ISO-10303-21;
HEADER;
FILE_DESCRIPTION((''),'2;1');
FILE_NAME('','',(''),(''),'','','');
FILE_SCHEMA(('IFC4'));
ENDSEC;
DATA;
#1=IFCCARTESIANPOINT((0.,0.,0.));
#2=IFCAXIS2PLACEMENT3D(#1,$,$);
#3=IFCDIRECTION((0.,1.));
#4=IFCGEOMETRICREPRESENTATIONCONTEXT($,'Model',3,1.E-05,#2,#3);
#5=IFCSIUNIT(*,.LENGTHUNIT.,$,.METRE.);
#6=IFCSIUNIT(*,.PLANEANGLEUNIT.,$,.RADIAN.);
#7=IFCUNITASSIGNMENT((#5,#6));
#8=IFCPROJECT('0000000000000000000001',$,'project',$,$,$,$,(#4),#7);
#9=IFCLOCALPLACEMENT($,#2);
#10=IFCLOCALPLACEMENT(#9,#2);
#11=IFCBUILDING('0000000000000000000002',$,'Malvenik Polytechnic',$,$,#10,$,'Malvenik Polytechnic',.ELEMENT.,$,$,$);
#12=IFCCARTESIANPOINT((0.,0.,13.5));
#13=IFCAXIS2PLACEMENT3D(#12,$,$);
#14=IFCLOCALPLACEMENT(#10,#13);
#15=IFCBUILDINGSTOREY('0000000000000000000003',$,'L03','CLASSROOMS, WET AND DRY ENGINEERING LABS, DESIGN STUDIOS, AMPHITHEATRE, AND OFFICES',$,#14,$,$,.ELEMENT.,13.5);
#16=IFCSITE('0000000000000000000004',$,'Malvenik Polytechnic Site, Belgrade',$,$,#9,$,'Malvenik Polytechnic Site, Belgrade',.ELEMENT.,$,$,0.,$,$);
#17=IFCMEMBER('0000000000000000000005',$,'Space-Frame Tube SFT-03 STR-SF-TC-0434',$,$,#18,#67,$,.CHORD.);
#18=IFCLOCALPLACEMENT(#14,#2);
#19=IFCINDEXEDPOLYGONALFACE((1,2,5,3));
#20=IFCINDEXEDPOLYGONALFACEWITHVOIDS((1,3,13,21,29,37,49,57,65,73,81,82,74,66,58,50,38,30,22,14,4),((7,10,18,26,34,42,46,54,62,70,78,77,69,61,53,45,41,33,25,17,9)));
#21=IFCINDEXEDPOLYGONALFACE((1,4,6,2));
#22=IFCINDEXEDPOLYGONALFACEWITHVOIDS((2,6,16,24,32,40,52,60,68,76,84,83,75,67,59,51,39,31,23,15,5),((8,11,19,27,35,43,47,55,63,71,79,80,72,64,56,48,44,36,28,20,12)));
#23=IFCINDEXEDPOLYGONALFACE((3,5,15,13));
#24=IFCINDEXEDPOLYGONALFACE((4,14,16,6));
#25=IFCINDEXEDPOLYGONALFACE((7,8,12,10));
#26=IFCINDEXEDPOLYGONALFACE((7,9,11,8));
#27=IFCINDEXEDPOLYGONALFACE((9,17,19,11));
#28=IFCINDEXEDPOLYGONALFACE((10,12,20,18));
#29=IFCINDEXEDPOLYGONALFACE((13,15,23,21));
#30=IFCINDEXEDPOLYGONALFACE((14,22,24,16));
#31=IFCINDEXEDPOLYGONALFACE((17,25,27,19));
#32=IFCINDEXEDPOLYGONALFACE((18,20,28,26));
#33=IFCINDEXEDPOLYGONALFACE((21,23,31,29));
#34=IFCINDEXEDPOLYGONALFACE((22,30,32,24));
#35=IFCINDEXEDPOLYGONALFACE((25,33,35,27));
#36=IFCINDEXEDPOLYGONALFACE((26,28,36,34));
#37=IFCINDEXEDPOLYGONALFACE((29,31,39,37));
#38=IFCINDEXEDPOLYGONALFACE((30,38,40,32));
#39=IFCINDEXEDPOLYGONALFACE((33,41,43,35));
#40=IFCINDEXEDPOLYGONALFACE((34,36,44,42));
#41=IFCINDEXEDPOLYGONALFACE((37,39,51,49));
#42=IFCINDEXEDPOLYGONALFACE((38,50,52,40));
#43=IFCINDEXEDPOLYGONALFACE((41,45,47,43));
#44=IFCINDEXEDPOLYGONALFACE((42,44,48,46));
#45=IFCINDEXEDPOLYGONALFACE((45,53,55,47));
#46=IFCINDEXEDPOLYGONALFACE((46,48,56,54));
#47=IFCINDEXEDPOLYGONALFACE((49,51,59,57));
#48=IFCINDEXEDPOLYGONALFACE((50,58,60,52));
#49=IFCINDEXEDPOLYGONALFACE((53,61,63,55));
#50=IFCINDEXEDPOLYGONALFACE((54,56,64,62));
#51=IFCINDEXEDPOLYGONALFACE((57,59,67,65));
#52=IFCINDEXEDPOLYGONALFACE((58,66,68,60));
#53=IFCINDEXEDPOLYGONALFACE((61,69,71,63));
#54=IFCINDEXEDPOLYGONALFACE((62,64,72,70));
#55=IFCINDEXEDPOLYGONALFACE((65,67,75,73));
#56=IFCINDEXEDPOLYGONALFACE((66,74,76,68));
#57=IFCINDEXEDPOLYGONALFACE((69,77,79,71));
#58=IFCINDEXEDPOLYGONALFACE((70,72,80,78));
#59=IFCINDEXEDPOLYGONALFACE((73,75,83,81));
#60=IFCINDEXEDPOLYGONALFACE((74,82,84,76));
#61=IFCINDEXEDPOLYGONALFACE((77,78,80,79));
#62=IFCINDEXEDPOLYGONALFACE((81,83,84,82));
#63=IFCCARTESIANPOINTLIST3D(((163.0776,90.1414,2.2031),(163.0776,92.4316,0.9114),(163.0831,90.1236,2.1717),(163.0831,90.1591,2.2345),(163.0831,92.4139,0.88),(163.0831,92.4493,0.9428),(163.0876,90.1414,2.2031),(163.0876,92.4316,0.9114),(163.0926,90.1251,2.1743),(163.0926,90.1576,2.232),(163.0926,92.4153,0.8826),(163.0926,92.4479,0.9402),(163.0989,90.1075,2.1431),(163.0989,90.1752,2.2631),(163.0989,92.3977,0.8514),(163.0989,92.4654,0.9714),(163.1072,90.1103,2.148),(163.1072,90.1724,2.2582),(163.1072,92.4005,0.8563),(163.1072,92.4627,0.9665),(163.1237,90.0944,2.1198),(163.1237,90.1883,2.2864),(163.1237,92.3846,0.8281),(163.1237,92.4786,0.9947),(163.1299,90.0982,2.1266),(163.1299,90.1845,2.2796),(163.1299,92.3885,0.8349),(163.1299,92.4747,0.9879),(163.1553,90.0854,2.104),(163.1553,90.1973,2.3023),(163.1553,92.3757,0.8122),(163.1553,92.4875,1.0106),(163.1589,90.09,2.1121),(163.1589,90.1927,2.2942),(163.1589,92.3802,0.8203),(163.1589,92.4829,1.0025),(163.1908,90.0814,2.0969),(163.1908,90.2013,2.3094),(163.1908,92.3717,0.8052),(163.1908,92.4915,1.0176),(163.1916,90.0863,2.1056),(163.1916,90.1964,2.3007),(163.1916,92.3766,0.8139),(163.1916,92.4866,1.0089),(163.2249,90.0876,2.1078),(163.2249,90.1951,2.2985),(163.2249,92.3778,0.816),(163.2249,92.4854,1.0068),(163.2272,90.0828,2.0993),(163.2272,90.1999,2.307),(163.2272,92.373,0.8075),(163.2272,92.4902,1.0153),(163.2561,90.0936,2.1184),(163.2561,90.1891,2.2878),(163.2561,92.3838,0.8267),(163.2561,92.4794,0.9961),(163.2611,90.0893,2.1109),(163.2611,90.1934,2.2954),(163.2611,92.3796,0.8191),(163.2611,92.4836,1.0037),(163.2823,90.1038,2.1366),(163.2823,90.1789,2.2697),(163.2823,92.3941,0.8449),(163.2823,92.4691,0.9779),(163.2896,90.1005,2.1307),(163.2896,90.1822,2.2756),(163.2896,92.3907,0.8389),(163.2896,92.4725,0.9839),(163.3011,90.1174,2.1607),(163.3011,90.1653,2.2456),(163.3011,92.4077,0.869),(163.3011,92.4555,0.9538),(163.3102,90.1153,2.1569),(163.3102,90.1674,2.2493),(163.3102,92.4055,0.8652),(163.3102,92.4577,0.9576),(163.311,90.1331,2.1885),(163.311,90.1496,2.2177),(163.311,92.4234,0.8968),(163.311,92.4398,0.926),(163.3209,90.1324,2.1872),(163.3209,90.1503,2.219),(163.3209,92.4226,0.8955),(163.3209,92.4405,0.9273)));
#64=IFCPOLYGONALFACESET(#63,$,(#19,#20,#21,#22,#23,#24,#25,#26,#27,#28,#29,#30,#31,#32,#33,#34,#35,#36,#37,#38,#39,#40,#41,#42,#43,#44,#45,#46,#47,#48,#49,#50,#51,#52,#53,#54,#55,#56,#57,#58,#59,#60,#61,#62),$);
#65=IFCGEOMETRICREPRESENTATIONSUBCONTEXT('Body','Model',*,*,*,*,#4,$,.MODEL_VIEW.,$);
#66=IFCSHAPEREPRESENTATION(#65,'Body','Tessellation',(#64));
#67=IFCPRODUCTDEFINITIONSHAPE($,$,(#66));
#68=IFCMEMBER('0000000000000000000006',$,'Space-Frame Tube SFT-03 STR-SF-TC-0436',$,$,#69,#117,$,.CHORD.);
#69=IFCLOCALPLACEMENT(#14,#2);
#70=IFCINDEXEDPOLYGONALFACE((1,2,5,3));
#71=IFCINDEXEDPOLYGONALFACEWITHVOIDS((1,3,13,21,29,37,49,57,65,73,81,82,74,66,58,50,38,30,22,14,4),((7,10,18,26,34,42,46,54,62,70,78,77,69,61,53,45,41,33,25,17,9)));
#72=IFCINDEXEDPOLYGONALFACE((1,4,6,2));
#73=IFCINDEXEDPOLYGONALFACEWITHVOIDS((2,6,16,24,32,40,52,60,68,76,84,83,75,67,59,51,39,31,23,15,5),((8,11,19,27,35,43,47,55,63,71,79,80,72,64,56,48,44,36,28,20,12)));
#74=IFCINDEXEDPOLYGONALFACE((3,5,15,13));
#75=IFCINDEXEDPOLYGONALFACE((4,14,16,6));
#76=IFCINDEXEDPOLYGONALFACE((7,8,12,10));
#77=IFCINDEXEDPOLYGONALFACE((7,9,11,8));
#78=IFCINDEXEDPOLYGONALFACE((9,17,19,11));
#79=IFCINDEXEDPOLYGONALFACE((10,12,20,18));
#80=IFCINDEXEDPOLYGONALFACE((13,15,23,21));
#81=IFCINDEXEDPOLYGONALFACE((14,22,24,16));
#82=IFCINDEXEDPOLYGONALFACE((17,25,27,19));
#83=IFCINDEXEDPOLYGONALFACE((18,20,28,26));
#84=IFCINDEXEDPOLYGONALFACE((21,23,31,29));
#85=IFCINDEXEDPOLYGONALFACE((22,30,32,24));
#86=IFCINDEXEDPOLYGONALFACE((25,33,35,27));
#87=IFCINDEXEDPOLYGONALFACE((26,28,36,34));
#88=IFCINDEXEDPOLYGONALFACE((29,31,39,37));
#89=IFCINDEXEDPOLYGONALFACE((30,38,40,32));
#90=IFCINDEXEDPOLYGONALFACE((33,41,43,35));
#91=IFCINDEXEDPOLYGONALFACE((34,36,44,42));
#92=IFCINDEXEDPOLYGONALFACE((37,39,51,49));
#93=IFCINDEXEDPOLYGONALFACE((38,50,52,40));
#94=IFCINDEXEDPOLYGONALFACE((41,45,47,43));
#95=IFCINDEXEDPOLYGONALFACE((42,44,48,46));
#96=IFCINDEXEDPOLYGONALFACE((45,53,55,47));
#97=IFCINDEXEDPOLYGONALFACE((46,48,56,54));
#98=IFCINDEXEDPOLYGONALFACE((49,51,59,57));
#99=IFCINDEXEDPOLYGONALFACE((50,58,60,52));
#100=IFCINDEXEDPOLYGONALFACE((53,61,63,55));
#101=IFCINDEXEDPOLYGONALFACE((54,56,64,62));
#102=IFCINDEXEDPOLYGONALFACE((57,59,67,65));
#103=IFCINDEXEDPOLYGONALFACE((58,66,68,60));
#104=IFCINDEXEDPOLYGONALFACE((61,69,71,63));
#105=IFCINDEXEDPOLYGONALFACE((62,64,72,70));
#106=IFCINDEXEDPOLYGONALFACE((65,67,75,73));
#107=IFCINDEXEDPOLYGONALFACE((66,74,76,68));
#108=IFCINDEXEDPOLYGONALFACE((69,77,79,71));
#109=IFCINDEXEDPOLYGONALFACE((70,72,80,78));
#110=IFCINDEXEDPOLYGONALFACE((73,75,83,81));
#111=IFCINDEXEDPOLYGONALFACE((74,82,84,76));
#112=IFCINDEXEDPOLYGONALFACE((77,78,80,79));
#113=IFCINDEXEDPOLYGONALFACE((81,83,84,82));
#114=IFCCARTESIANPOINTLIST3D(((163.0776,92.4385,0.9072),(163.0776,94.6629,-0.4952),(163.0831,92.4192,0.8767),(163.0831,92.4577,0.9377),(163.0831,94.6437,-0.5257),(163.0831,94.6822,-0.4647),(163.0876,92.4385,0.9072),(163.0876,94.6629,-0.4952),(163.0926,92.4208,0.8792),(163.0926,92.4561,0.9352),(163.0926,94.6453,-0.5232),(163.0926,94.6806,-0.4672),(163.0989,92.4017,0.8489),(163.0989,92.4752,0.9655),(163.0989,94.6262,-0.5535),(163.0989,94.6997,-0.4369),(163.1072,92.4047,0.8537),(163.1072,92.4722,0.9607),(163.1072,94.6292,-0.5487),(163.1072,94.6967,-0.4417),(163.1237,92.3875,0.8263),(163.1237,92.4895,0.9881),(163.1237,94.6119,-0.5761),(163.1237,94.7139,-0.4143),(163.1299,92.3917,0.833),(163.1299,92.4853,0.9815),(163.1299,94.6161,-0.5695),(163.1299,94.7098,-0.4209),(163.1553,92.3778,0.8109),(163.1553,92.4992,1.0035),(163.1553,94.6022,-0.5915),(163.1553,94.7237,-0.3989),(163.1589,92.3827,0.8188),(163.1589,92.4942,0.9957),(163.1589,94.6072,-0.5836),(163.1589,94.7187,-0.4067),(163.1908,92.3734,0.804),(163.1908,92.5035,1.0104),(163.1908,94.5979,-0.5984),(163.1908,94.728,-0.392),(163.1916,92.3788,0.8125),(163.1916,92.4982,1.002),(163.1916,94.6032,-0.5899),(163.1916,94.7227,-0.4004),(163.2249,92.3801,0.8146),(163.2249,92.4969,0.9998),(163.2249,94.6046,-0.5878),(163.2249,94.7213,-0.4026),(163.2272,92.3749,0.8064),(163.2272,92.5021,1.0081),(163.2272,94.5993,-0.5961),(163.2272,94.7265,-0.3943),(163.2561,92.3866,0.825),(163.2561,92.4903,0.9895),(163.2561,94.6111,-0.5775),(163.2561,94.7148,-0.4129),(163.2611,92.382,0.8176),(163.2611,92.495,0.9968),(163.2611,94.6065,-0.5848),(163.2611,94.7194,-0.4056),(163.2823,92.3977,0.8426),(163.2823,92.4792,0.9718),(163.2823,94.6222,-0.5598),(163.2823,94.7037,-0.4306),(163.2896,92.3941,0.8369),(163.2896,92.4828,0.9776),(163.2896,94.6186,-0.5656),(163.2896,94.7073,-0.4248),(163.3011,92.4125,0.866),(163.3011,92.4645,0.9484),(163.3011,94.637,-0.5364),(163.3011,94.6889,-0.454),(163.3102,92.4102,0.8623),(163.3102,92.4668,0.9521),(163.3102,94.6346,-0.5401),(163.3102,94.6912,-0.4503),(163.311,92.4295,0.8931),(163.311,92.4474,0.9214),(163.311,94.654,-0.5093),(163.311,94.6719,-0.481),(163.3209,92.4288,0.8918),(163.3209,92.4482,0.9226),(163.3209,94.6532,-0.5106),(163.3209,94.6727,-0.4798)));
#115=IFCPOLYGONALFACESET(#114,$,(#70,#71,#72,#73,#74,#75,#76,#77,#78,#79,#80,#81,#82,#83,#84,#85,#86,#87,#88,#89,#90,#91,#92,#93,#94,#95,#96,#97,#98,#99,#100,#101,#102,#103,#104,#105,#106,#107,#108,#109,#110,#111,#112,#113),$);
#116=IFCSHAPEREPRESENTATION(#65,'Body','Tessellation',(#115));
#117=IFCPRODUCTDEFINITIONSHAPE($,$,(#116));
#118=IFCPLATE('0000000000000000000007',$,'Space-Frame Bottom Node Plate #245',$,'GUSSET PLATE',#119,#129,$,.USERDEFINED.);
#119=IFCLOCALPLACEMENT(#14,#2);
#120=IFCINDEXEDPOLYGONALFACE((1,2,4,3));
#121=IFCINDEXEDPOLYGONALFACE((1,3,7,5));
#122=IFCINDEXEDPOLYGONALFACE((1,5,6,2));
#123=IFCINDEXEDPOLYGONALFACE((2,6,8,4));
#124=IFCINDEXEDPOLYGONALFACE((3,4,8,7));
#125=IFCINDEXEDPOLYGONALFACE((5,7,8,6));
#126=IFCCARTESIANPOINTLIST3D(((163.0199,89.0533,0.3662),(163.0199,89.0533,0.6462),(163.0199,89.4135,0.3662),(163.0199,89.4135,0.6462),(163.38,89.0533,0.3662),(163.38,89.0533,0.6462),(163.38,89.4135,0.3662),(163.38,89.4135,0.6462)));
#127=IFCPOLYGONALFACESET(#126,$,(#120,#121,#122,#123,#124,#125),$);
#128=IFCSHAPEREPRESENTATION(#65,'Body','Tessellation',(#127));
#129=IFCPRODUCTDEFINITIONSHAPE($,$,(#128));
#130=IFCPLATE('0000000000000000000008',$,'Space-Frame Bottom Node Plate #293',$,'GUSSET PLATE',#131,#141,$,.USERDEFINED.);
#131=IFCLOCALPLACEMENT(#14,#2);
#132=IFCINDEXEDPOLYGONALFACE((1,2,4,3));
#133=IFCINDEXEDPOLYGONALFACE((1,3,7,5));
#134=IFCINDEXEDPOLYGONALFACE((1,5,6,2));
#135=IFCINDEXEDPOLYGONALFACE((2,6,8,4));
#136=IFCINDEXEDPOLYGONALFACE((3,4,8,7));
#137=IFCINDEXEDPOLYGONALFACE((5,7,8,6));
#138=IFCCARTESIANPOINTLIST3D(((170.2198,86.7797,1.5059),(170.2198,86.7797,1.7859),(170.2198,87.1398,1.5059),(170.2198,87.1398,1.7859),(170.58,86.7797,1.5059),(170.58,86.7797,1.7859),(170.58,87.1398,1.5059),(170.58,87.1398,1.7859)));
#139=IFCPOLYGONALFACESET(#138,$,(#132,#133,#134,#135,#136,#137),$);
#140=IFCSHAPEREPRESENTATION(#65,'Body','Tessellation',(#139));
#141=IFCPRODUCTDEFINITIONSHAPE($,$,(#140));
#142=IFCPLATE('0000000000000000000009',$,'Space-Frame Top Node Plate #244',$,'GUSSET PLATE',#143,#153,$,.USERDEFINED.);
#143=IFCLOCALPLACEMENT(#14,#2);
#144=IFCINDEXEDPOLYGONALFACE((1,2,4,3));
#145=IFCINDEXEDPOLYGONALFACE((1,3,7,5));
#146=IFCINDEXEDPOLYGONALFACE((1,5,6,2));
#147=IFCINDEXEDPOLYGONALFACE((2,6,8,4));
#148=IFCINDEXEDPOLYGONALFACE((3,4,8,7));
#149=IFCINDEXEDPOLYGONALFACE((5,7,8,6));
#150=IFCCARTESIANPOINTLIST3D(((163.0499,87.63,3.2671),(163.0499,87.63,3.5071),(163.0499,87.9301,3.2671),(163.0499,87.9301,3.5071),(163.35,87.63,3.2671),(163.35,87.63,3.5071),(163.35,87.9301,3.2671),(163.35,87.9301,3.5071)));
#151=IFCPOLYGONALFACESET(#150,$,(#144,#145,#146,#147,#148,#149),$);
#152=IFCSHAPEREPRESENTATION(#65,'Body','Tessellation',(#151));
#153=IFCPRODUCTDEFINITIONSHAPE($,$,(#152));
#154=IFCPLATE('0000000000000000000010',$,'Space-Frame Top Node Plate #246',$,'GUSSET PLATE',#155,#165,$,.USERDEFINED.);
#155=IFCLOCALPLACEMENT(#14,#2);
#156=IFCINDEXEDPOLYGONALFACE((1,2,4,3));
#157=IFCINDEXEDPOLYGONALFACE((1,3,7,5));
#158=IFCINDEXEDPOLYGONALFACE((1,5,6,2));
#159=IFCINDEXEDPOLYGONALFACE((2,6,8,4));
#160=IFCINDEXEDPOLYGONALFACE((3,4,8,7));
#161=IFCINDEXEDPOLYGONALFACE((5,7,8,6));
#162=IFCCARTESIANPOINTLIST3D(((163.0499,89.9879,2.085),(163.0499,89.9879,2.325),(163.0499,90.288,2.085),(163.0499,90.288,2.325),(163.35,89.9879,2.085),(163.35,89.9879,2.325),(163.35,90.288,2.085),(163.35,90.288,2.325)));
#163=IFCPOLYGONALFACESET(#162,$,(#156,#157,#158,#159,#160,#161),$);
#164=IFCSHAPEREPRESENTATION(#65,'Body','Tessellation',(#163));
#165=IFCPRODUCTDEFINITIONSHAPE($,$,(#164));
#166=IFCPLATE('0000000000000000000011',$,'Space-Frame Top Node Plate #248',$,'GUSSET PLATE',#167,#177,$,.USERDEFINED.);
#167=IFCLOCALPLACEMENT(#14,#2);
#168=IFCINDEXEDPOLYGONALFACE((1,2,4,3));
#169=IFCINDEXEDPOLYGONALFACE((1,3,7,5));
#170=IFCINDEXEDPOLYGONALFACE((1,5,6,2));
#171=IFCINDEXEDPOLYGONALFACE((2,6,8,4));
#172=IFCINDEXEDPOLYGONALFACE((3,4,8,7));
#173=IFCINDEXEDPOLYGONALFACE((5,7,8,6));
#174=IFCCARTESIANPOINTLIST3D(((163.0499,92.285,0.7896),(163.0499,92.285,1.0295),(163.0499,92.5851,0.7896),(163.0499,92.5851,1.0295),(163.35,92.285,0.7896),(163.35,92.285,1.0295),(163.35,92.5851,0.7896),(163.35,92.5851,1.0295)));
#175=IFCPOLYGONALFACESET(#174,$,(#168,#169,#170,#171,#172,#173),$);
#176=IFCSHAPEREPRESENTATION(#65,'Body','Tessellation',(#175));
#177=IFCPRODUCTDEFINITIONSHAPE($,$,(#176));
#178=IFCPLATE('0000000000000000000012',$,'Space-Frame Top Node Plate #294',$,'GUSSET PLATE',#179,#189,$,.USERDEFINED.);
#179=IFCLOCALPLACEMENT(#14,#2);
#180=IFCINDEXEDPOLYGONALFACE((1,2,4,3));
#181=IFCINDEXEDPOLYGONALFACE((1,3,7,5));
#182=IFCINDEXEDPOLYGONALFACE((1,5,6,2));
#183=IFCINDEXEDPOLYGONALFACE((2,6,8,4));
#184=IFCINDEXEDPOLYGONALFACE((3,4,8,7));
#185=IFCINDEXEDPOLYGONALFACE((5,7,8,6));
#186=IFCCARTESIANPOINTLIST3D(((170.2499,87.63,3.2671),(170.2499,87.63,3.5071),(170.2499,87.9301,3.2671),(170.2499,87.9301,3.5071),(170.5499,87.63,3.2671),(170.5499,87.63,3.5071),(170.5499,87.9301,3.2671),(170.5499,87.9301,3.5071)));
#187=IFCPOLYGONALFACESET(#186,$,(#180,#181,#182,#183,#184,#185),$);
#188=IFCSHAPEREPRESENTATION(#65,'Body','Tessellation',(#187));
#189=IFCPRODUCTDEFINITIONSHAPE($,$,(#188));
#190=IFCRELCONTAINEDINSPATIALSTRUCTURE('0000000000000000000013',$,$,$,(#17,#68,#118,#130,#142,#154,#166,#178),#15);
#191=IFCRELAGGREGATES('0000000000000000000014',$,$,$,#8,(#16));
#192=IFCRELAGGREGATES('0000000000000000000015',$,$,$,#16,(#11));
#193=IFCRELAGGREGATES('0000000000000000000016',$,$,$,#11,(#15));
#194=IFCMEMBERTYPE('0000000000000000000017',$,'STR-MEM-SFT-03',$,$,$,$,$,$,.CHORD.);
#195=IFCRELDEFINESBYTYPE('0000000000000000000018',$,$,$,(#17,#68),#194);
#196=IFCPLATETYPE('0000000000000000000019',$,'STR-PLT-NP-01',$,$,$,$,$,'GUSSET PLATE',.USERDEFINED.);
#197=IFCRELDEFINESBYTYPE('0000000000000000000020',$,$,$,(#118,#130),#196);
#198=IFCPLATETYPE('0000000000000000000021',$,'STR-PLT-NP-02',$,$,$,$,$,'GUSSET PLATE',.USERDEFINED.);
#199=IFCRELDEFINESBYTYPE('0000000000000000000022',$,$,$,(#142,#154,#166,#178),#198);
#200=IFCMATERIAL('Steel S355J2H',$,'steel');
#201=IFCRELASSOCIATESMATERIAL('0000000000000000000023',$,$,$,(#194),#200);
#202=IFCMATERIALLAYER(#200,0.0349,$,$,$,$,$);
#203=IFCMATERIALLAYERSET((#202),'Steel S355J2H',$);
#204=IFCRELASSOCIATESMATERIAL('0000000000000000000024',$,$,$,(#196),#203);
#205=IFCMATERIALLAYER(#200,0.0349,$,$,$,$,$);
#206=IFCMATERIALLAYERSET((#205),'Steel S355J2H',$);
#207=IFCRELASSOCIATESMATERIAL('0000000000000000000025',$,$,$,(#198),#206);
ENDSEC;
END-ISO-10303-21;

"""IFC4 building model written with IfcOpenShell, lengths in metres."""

from ifc_helpers import new_model, si_unit, direction, frame, origin, origin_2d, place, context, subcontext, project, spatial, rectangle, hollow_circle, extrude, material, layer, layer_set, material_profile, profile_set, type_object, element, save


model = new_model("IFC4")

# Units and contexts
model_context = context("Model", 3, precision=1e-05, world=origin(), true_north=direction((0.0, 1.0)))
body_context = subcontext(model_context, "Body", "Model", "MODEL_VIEW")
ifc_project = project(units=[si_unit("LENGTHUNIT", "METRE"), si_unit("PLANEANGLEUNIT", "RADIAN")], contexts=[model_context])

# Site, building, storey
site_placement = place(None, origin())
site = spatial("IfcSite", under=ifc_project, at=site_placement, Name="Malvenik Polytechnic Site, Belgrade", LongName="Malvenik Polytechnic Site, Belgrade", CompositionType="ELEMENT", RefElevation=0.0)
building_placement = place(site_placement, origin())
building = spatial("IfcBuilding", under=site, at=building_placement, Name="Malvenik Polytechnic", LongName="Malvenik Polytechnic", CompositionType="ELEMENT")
storey_placement = place(building_placement, frame((0.0, 0.0, 13.5)))
storey = spatial("IfcBuildingStorey", under=building, at=storey_placement, Name="L03", Description="CLASSROOMS, WET AND DRY ENGINEERING LABS, DESIGN STUDIOS, AMPHITHEATRE, AND OFFICES", CompositionType="ELEMENT", Elevation=13.5)

# Members
ifc_material_1 = material(Name="Steel S355J2H", Category="steel")
ifc_material_profile_1 = material_profile(ifc_material_1, hollow_circle(Radius=0.1223, WallThickness=0.01, at=origin_2d()), Name="CHS 244.5x10.0")
ifc_profile_set_1 = profile_set([ifc_material_profile_1], Name="Steel S355J2H")
member_type_1 = type_object("IfcMemberType", Name="STR-MEM-SFT-03", PredefinedType="CHORD", material=ifc_profile_set_1)
for number, where, z_axis, x_axis, name in (
    (1, (163.2, 90.1414, 2.2031), (0.0, 0.871012, -0.491262), (-1.0, 0.0, 0.0), "Space-Frame Tube SFT-03 STR-SF-TC-0434"),
):
    element("IfcMember", number, at=place(storey_placement, frame(where, z_axis=z_axis, x_axis=x_axis)), inside=storey, type_object=member_type_1, Name=name, PredefinedType="CHORD", context=body_context, shape_type="SweptSolid", body=[
        extrude(hollow_circle(Radius=0.1223, WallThickness=0.01, at=origin_2d()), origin(), (0.0, 0.0, 1.0), 2.6294),
    ])
member_1_placement = place(storey_placement, frame((163.2, 92.4385, 0.9072), z_axis=(0.0, 0.845921, -0.533308), x_axis=(-1.0, 0.0, 0.0)))
element("IfcMember", 2, at=member_1_placement, inside=storey, type_object=member_type_1, Name="Space-Frame Tube SFT-03 STR-SF-TC-0436", PredefinedType="CHORD", context=body_context, shape_type="SweptSolid", body=[
    extrude(hollow_circle(Radius=0.1223, WallThickness=0.01, at=origin_2d()), origin(), (0.0, 0.0, 1.0), 2.6296),
])

# Plates
ifc_layer_1 = layer(ifc_material_1, 0.0349)
ifc_layer_set_1 = layer_set([ifc_layer_1], Name="Steel S355J2H")
plate_type_1 = type_object("IfcPlateType", Name="STR-PLT-NP-01", ElementType="GUSSET PLATE", PredefinedType="USERDEFINED", material=ifc_layer_set_1)
for number, where, z_axis, x_axis, name in (
    (3, (163.2, 89.2334, 0.3662), (0.0, 0.0, 1.0), (1.0, 0.0, 0.0), "Space-Frame Bottom Node Plate #245"),
    (4, (170.3999, 86.9597, 1.5059), (0.0, 0.0, 1.0), (1.0, 0.0, 0.0), "Space-Frame Bottom Node Plate #293"),
):
    element("IfcPlate", number, at=place(storey_placement, frame(where, z_axis=z_axis, x_axis=x_axis)), inside=storey, type_object=plate_type_1, Name=name, ObjectType="GUSSET PLATE", PredefinedType="USERDEFINED", context=body_context, shape_type="SweptSolid", body=[
        extrude(rectangle(XDim=0.3601, YDim=0.3601, at=origin_2d()), origin(), (0.0, 0.0, 1.0), 0.28),
    ])
ifc_layer_2 = layer(ifc_material_1, 0.0349)
ifc_layer_set_2 = layer_set([ifc_layer_2], Name="Steel S355J2H")
plate_type_2 = type_object("IfcPlateType", Name="STR-PLT-NP-02", ElementType="GUSSET PLATE", PredefinedType="USERDEFINED", material=ifc_layer_set_2)
for number, where, z_axis, x_axis, name in (
    (5, (163.2, 87.78, 3.2671), (0.0, 0.0, 1.0), (1.0, 0.0, 0.0), "Space-Frame Top Node Plate #244"),
    (6, (163.2, 90.1379, 2.085), (0.0, 0.0, 1.0), (1.0, 0.0, 0.0), "Space-Frame Top Node Plate #246"),
    (7, (163.2, 92.4351, 0.7896), (0.0, 0.0, 1.0), (1.0, 0.0, 0.0), "Space-Frame Top Node Plate #248"),
    (8, (170.3999, 87.78, 3.2671), (0.0, 0.0, 1.0), (1.0, 0.0, 0.0), "Space-Frame Top Node Plate #294"),
):
    element("IfcPlate", number, at=place(storey_placement, frame(where, z_axis=z_axis, x_axis=x_axis)), inside=storey, type_object=plate_type_2, Name=name, ObjectType="GUSSET PLATE", PredefinedType="USERDEFINED", context=body_context, shape_type="SweptSolid", body=[
        extrude(rectangle(XDim=0.3, YDim=0.3, at=origin_2d()), origin(), (0.0, 0.0, 1.0), 0.24),
    ])

save(model, "model.ifc")
